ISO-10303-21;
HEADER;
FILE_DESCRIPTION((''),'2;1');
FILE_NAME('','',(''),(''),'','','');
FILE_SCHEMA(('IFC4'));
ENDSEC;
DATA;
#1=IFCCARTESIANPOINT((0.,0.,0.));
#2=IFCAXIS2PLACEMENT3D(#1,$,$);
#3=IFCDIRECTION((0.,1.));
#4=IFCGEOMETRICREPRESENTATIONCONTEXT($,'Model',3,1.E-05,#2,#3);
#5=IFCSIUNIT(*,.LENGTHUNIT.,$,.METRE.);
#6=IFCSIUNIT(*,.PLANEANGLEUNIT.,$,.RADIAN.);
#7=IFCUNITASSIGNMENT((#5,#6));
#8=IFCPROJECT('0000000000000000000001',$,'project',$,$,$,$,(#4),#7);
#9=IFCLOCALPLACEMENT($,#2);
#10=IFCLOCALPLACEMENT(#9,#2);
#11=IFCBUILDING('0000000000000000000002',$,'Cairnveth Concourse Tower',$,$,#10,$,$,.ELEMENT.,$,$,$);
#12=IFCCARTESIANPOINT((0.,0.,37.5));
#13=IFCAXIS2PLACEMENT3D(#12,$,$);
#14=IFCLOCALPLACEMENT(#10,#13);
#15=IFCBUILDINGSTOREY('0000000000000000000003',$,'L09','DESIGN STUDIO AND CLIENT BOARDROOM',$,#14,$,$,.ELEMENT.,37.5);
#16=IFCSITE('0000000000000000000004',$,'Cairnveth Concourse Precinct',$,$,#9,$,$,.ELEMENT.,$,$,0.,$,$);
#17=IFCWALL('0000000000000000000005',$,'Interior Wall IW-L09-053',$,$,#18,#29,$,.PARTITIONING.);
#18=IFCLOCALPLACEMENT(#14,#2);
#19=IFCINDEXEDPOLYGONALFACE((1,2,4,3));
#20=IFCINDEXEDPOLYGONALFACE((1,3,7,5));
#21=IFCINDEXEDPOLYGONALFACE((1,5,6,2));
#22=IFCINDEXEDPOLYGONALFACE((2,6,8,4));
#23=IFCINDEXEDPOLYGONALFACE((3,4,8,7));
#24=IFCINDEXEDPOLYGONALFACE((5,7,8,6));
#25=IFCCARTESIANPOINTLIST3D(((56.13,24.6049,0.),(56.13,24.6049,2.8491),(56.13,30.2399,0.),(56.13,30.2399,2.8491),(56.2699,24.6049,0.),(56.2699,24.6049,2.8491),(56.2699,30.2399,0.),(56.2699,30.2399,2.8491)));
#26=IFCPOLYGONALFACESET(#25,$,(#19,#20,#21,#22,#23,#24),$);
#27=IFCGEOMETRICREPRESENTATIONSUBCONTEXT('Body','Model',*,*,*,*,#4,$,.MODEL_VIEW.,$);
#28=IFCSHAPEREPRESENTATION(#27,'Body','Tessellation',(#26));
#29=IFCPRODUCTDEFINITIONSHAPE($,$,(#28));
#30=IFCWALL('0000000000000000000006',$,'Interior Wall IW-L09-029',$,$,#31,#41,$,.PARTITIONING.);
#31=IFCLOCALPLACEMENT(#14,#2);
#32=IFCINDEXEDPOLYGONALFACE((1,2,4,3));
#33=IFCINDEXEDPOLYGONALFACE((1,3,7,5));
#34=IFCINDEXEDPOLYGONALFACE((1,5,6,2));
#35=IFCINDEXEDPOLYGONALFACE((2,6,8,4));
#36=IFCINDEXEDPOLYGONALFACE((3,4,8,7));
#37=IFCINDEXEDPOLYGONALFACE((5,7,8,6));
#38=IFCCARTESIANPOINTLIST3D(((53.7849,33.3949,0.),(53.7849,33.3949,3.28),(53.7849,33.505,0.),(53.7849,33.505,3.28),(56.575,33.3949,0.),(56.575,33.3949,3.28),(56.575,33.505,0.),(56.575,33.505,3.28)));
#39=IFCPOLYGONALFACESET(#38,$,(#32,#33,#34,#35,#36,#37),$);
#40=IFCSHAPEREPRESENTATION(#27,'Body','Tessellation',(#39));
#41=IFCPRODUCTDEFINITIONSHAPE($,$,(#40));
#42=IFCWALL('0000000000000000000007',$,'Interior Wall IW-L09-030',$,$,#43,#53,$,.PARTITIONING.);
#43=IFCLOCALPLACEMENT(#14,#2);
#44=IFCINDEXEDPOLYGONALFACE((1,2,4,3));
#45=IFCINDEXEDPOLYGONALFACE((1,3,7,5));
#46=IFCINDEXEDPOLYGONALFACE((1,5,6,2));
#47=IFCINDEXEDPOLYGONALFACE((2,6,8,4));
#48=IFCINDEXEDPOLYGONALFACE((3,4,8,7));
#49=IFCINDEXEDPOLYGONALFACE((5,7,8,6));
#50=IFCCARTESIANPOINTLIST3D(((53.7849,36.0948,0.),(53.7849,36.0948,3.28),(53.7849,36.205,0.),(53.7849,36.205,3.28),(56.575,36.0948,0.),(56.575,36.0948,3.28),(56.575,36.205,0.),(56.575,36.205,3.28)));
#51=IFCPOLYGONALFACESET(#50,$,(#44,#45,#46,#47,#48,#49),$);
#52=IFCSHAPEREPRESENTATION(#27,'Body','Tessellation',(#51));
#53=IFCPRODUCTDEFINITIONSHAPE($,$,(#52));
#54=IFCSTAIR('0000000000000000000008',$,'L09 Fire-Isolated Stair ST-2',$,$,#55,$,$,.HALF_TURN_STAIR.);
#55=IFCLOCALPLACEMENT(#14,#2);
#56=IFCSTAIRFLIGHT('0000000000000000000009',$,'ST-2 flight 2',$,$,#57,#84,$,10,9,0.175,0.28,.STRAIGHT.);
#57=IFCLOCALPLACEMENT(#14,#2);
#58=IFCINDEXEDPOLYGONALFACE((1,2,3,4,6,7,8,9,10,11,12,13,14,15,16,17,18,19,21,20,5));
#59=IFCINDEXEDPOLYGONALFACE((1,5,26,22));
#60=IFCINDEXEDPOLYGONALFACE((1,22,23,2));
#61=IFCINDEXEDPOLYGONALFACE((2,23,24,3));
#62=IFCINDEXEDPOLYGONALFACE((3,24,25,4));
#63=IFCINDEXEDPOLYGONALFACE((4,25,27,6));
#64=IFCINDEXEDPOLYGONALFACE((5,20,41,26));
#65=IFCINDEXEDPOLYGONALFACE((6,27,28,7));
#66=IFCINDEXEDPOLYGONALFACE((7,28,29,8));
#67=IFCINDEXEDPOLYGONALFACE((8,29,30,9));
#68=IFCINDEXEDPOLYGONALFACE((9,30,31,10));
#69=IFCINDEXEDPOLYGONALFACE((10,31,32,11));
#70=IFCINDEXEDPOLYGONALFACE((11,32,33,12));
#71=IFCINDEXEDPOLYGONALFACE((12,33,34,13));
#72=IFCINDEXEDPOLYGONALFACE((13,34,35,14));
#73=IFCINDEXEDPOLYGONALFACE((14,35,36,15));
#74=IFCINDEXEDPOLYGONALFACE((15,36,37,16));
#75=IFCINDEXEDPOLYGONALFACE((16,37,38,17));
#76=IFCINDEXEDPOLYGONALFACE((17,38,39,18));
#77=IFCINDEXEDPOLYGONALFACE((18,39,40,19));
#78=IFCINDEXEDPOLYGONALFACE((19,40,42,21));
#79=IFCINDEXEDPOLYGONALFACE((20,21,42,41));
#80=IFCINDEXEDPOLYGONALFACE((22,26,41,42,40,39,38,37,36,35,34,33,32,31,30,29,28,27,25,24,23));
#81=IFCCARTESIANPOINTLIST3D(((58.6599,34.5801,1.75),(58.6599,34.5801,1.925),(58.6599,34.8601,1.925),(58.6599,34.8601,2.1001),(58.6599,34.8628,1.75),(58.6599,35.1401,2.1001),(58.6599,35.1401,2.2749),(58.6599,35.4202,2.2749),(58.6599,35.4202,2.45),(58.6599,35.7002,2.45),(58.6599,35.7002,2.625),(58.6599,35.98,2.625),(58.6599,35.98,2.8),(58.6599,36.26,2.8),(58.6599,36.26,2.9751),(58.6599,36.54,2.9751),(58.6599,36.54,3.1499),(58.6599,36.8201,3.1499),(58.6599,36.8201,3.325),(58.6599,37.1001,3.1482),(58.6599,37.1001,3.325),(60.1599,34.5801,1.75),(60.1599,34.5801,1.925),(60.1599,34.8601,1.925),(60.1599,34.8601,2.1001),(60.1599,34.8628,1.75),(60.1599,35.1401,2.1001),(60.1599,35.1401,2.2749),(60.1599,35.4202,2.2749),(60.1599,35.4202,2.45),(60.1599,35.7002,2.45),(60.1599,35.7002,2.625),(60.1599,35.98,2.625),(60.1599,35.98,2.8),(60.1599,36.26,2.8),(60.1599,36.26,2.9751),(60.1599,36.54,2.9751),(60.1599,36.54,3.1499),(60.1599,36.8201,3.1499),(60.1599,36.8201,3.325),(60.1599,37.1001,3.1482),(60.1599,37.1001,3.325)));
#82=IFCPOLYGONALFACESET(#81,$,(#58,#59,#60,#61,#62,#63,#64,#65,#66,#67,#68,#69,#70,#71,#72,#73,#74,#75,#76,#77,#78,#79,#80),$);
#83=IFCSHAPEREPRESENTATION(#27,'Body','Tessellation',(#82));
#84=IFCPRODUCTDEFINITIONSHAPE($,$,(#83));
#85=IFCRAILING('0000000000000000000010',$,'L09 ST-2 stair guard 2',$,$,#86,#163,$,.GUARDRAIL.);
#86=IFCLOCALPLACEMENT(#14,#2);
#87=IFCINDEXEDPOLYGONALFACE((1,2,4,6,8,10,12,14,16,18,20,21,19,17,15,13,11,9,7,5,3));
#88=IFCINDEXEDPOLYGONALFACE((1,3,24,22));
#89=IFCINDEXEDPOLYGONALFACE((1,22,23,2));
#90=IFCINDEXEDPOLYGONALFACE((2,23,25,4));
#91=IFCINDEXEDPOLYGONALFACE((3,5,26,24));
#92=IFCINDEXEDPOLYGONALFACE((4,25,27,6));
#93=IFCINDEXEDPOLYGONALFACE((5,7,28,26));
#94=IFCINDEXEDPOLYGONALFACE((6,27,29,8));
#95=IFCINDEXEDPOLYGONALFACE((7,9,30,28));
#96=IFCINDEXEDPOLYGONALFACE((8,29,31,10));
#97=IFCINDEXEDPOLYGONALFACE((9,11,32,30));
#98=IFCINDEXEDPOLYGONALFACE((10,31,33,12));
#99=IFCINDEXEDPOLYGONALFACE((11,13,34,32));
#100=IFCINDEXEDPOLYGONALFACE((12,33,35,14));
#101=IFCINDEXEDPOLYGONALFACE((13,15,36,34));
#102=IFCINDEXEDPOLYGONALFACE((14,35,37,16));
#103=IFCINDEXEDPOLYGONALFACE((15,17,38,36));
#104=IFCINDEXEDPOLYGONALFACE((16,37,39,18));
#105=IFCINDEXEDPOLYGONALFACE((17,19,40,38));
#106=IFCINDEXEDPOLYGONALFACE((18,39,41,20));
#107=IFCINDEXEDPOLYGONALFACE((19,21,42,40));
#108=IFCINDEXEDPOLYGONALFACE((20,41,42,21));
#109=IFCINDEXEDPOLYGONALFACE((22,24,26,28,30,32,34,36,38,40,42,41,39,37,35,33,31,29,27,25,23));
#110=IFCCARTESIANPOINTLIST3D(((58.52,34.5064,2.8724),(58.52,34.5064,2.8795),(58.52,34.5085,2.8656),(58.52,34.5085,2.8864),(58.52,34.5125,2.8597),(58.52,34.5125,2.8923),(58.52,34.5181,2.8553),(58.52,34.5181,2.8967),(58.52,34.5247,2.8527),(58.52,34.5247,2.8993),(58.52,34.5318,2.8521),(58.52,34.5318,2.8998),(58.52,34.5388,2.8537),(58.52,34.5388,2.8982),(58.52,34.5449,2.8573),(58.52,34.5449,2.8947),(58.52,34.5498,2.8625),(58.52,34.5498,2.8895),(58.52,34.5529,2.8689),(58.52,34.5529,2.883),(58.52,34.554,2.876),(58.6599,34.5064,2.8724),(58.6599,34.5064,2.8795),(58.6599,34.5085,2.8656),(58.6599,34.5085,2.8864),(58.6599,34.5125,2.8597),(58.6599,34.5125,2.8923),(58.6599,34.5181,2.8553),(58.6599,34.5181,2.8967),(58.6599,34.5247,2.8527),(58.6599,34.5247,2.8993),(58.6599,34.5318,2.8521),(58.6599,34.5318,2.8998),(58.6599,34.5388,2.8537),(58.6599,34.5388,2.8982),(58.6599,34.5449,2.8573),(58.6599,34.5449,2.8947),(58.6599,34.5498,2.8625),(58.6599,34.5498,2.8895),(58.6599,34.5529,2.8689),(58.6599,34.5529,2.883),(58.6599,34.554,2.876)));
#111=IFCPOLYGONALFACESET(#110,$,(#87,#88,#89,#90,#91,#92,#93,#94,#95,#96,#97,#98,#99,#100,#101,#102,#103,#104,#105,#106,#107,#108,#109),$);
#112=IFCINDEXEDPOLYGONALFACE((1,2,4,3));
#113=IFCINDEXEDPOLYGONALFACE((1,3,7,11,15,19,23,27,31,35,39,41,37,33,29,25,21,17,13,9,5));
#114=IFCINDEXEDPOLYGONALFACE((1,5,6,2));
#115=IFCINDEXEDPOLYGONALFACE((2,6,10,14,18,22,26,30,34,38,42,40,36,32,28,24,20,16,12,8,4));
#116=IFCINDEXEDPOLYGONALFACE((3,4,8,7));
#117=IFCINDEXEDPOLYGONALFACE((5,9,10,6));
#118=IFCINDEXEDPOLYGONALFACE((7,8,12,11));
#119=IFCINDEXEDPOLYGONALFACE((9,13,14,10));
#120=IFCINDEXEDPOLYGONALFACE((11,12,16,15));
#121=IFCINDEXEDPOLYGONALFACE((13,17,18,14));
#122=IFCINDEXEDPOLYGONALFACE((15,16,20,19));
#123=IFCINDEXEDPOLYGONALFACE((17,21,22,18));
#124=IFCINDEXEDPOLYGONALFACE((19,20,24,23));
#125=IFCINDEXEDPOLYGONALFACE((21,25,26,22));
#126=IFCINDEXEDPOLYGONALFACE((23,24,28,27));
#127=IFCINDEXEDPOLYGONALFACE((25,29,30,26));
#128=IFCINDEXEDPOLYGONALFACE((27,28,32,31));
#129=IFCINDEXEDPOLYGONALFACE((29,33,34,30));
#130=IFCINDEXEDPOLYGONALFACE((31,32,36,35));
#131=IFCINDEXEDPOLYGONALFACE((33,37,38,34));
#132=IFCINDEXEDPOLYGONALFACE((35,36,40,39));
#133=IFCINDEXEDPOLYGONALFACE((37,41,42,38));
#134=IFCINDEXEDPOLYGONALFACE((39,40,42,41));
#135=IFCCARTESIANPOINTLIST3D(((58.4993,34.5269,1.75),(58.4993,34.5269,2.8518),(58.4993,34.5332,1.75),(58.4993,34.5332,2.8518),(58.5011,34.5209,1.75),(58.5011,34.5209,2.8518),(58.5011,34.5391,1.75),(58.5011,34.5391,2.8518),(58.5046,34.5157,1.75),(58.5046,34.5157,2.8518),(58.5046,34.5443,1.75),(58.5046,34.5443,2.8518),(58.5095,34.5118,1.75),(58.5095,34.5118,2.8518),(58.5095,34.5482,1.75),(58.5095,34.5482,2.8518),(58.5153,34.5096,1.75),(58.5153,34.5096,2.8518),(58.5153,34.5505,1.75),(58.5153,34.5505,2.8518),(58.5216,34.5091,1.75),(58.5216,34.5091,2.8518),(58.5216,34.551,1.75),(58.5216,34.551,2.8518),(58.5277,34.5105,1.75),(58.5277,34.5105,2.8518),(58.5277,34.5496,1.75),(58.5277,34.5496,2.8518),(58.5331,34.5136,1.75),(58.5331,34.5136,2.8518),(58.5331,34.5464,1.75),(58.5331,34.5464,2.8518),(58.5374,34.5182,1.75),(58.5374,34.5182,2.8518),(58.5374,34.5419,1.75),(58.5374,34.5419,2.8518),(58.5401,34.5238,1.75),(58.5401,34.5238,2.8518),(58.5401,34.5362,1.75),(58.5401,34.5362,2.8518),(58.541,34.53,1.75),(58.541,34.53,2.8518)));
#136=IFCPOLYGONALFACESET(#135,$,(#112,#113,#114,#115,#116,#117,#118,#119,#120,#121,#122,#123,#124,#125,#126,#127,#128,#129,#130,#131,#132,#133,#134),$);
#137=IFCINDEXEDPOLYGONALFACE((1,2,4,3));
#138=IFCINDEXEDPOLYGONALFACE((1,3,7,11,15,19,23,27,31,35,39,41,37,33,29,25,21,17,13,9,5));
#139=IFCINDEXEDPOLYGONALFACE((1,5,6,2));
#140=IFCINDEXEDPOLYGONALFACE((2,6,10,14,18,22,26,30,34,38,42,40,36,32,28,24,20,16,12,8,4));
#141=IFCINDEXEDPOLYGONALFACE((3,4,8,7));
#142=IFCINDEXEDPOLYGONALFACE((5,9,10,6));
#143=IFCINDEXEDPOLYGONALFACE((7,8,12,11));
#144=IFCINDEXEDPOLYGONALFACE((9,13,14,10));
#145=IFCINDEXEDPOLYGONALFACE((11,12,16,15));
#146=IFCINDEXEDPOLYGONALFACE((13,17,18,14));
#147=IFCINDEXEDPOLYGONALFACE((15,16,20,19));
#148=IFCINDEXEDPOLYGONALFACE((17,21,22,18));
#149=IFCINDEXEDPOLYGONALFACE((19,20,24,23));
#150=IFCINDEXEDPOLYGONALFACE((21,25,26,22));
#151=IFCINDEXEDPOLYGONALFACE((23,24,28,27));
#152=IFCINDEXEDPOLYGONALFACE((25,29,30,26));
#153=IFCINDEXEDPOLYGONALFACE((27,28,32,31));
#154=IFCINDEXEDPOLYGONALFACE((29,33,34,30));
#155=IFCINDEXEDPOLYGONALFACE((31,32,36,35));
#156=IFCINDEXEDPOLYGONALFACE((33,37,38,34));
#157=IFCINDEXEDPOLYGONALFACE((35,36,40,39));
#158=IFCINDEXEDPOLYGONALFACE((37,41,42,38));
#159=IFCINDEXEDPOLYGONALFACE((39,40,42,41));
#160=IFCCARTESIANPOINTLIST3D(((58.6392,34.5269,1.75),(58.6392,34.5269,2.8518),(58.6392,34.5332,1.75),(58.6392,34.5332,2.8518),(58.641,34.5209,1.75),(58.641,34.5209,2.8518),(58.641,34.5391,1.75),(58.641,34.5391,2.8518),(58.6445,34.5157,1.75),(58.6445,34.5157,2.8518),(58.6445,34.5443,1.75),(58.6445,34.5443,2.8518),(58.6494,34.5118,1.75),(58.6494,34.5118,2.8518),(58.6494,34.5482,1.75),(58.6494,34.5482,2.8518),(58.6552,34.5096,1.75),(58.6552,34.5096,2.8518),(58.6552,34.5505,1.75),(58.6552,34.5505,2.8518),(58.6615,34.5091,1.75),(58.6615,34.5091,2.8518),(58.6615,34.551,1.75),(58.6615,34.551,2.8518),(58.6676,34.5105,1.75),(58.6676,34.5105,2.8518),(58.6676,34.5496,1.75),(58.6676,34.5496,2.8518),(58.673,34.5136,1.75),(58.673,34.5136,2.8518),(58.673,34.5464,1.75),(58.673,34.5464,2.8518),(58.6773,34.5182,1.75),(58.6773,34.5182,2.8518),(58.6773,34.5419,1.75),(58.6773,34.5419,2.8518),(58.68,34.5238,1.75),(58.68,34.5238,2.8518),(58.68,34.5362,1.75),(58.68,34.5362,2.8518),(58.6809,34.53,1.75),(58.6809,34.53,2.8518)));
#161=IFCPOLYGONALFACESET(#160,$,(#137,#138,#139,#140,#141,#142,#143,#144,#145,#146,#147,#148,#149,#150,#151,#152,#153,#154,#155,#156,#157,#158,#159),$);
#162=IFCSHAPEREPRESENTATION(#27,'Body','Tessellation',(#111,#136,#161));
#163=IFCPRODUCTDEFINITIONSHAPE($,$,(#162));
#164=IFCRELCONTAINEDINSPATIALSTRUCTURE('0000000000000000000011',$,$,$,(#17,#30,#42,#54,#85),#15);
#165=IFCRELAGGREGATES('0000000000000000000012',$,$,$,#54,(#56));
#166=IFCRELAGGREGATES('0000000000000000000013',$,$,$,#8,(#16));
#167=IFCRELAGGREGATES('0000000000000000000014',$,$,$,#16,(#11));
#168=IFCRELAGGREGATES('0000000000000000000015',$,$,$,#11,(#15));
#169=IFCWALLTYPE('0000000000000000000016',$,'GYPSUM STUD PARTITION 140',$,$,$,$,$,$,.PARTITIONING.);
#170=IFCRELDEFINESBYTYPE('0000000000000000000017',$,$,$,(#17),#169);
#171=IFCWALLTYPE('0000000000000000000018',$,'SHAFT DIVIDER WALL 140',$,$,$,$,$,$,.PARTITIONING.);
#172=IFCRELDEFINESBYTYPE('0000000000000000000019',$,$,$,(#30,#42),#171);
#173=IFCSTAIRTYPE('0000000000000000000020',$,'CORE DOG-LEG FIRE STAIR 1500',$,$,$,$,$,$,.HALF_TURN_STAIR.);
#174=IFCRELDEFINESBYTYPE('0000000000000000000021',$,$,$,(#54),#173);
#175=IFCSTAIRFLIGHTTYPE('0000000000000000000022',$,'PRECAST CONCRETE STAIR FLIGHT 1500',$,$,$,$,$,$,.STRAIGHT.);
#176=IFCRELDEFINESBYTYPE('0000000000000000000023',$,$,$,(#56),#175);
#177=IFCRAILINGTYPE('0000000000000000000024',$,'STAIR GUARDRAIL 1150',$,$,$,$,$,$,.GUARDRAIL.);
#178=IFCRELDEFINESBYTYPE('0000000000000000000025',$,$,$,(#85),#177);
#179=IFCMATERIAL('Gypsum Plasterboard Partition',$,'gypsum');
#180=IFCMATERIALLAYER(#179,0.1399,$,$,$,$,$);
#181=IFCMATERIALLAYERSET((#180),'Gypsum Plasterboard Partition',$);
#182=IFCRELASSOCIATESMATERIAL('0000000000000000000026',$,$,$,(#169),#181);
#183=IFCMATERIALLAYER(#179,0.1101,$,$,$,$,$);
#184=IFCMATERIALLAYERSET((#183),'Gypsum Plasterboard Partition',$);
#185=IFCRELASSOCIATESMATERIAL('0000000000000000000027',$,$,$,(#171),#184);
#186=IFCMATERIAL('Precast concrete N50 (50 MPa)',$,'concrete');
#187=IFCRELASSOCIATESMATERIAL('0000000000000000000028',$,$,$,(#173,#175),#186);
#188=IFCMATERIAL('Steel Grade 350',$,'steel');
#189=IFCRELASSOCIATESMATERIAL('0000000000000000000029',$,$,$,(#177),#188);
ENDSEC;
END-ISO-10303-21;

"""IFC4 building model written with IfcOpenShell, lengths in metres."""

from ifc_helpers import new_model, si_unit, direction, frame, frame_2d, origin, origin_2d, place, context, subcontext, project, spatial, polyline, rectangle, circle, outline, extrude, material, layer, layer_set, type_object, element, aggregate, save


model = new_model("IFC4")

# Units and contexts
model_context = context("Model", 3, precision=1e-05, world=origin(), true_north=direction((0.0, 1.0)))
body_context = subcontext(model_context, "Body", "Model", "MODEL_VIEW")
ifc_project = project(units=[si_unit("LENGTHUNIT", "METRE"), si_unit("PLANEANGLEUNIT", "RADIAN")], contexts=[model_context])

# Site, building, storey
site_placement = place(None, origin())
site = spatial("IfcSite", under=ifc_project, at=site_placement, Name="Cairnveth Concourse Precinct", CompositionType="ELEMENT", RefElevation=0.0)
building_placement = place(site_placement, origin())
building = spatial("IfcBuilding", under=site, at=building_placement, Name="Cairnveth Concourse Tower", CompositionType="ELEMENT")
storey_placement = place(building_placement, frame((0.0, 0.0, 37.5)))
storey = spatial("IfcBuildingStorey", under=building, at=storey_placement, Name="L09", Description="DESIGN STUDIO AND CLIENT BOARDROOM", CompositionType="ELEMENT", Elevation=37.5)

# Shared definitions
ifc_material_1 = material(Name="Steel Grade 350", Category="steel")

# Walls
ifc_material_2 = material(Name="Gypsum Plasterboard Partition", Category="gypsum")
ifc_layer_1 = layer(ifc_material_2, 0.1399)
ifc_layer_set_1 = layer_set([ifc_layer_1], Name="Gypsum Plasterboard Partition")
wall_type_1 = type_object("IfcWallType", Name="GYPSUM STUD PARTITION 140", PredefinedType="PARTITIONING", material=ifc_layer_set_1)
wall_1_placement = place(storey_placement, frame((56.2, 24.605, 0.0), z_axis=(0.0, 0.0, 1.0), x_axis=(0.0, 1.0, 0.0)))
element("IfcWall", 1, at=wall_1_placement, inside=storey, type_object=wall_type_1, Name="Interior Wall IW-L09-053", PredefinedType="PARTITIONING", context=body_context, shape_type="SweptSolid", body=[
    extrude(rectangle(XDim=5.635, YDim=0.1399, at=frame_2d((2.8174, 0.0))), origin(), (0.0, 0.0, 1.0), 2.8491),
])
ifc_layer_2 = layer(ifc_material_2, 0.1101)
ifc_layer_set_2 = layer_set([ifc_layer_2], Name="Gypsum Plasterboard Partition")
wall_type_2 = type_object("IfcWallType", Name="SHAFT DIVIDER WALL 140", PredefinedType="PARTITIONING", material=ifc_layer_set_2)
for number, where, z_axis, x_axis, name in (
    (2, (53.7849, 33.45, 0.0), (0.0, 0.0, 1.0), (1.0, 0.0, 0.0), "Interior Wall IW-L09-029"),
    (3, (53.7849, 36.1499, 0.0), (0.0, 0.0, 1.0), (1.0, 0.0, 0.0), "Interior Wall IW-L09-030"),
):
    element("IfcWall", number, at=place(storey_placement, frame(where, z_axis=z_axis, x_axis=x_axis)), inside=storey, type_object=wall_type_2, Name=name, PredefinedType="PARTITIONING", context=body_context, shape_type="SweptSolid", body=[
        extrude(rectangle(XDim=2.79, YDim=0.1101, at=frame_2d((1.395, 0.0))), origin(), (0.0, 0.0, 1.0), 3.28),
    ])

# Stair, stair flight
ifc_material_3 = material(Name="Precast concrete N50 (50 MPa)", Category="concrete")
stair_type = type_object("IfcStairType", Name="CORE DOG-LEG FIRE STAIR 1500", PredefinedType="HALF_TURN_STAIR", material=ifc_material_3)
stair_placement = place(storey_placement, origin())
stair = element("IfcStair", 4, at=stair_placement, inside=storey, type_object=stair_type, Name="L09 Fire-Isolated Stair ST-2", PredefinedType="HALF_TURN_STAIR")
stair_flight_type = type_object("IfcStairFlightType", Name="PRECAST CONCRETE STAIR FLIGHT 1500", PredefinedType="STRAIGHT", material=ifc_material_3)
stair_flight_placement = place(storey_placement, frame((59.4099, 34.5801, 1.75), z_axis=(0.0, 0.0, 1.0), x_axis=(0.0, 1.0, 0.0)))
stair_flight = element("IfcStairFlight", 5, at=stair_flight_placement, type_object=stair_flight_type, Name="ST-2 flight 2", NumberOfRisers=10, NumberOfTreads=9, PredefinedType="STRAIGHT", RiserHeight=0.175, TreadLength=0.28, context=body_context, shape_type="SweptSolid", body=[
    extrude(outline(polyline([(0.0, 0.0), (0.0, 0.175), (0.28, 0.175), (0.28, 0.3501), (0.5601, 0.3501), (0.5601, 0.5249), (0.8401, 0.5249), (0.8401, 0.7), (1.1201, 0.7), (1.1201, 0.875), (1.3999, 0.875), (1.3999, 1.05), (1.6799, 1.05), (1.6799, 1.2251), (1.96, 1.2251), (1.96, 1.3999), (2.24, 1.3999), (2.24, 1.575), (2.52, 1.575), (2.52, 1.75), (2.52, 1.3982), (0.2827, 0.0), (0.0, 0.0)])), frame((0.0, 0.75, 0.0), z_axis=(0.0, -1.0, 0.0), x_axis=(1.0, 0.0, 0.0)), (0.0, 0.0, 1.0), 1.5),
])
aggregate(stair, [stair_flight])

# Railing
railing_type_1 = type_object("IfcRailingType", Name="STAIR GUARDRAIL 1150", PredefinedType="GUARDRAIL", material=ifc_material_1)
railing_1_placement = place(storey_placement, frame((58.52, 34.53, 1.75)))
element("IfcRailing", 6, at=railing_1_placement, inside=storey, type_object=railing_type_1, Name="L09 ST-2 stair guard 2", PredefinedType="GUARDRAIL", context=body_context, shape_type="SweptSolid", body=[
    extrude(circle(Radius=0.0239, at=origin_2d()), frame((0.0, 0.0, 1.126), z_axis=(1.0, 0.0, 0.0), x_axis=(0.0, 1.0, 0.0)), (0.0, 0.0, 1.0), 0.1399),
    extrude(circle(Radius=0.021, at=origin_2d()), origin(), (0.0, 0.0, 1.0), 1.1018),
    extrude(circle(Radius=0.021, at=origin_2d()), frame((0.1399, 0.0, 0.0)), (0.0, 0.0, 1.0), 1.1018),
])

save(model, "model.ifc")
